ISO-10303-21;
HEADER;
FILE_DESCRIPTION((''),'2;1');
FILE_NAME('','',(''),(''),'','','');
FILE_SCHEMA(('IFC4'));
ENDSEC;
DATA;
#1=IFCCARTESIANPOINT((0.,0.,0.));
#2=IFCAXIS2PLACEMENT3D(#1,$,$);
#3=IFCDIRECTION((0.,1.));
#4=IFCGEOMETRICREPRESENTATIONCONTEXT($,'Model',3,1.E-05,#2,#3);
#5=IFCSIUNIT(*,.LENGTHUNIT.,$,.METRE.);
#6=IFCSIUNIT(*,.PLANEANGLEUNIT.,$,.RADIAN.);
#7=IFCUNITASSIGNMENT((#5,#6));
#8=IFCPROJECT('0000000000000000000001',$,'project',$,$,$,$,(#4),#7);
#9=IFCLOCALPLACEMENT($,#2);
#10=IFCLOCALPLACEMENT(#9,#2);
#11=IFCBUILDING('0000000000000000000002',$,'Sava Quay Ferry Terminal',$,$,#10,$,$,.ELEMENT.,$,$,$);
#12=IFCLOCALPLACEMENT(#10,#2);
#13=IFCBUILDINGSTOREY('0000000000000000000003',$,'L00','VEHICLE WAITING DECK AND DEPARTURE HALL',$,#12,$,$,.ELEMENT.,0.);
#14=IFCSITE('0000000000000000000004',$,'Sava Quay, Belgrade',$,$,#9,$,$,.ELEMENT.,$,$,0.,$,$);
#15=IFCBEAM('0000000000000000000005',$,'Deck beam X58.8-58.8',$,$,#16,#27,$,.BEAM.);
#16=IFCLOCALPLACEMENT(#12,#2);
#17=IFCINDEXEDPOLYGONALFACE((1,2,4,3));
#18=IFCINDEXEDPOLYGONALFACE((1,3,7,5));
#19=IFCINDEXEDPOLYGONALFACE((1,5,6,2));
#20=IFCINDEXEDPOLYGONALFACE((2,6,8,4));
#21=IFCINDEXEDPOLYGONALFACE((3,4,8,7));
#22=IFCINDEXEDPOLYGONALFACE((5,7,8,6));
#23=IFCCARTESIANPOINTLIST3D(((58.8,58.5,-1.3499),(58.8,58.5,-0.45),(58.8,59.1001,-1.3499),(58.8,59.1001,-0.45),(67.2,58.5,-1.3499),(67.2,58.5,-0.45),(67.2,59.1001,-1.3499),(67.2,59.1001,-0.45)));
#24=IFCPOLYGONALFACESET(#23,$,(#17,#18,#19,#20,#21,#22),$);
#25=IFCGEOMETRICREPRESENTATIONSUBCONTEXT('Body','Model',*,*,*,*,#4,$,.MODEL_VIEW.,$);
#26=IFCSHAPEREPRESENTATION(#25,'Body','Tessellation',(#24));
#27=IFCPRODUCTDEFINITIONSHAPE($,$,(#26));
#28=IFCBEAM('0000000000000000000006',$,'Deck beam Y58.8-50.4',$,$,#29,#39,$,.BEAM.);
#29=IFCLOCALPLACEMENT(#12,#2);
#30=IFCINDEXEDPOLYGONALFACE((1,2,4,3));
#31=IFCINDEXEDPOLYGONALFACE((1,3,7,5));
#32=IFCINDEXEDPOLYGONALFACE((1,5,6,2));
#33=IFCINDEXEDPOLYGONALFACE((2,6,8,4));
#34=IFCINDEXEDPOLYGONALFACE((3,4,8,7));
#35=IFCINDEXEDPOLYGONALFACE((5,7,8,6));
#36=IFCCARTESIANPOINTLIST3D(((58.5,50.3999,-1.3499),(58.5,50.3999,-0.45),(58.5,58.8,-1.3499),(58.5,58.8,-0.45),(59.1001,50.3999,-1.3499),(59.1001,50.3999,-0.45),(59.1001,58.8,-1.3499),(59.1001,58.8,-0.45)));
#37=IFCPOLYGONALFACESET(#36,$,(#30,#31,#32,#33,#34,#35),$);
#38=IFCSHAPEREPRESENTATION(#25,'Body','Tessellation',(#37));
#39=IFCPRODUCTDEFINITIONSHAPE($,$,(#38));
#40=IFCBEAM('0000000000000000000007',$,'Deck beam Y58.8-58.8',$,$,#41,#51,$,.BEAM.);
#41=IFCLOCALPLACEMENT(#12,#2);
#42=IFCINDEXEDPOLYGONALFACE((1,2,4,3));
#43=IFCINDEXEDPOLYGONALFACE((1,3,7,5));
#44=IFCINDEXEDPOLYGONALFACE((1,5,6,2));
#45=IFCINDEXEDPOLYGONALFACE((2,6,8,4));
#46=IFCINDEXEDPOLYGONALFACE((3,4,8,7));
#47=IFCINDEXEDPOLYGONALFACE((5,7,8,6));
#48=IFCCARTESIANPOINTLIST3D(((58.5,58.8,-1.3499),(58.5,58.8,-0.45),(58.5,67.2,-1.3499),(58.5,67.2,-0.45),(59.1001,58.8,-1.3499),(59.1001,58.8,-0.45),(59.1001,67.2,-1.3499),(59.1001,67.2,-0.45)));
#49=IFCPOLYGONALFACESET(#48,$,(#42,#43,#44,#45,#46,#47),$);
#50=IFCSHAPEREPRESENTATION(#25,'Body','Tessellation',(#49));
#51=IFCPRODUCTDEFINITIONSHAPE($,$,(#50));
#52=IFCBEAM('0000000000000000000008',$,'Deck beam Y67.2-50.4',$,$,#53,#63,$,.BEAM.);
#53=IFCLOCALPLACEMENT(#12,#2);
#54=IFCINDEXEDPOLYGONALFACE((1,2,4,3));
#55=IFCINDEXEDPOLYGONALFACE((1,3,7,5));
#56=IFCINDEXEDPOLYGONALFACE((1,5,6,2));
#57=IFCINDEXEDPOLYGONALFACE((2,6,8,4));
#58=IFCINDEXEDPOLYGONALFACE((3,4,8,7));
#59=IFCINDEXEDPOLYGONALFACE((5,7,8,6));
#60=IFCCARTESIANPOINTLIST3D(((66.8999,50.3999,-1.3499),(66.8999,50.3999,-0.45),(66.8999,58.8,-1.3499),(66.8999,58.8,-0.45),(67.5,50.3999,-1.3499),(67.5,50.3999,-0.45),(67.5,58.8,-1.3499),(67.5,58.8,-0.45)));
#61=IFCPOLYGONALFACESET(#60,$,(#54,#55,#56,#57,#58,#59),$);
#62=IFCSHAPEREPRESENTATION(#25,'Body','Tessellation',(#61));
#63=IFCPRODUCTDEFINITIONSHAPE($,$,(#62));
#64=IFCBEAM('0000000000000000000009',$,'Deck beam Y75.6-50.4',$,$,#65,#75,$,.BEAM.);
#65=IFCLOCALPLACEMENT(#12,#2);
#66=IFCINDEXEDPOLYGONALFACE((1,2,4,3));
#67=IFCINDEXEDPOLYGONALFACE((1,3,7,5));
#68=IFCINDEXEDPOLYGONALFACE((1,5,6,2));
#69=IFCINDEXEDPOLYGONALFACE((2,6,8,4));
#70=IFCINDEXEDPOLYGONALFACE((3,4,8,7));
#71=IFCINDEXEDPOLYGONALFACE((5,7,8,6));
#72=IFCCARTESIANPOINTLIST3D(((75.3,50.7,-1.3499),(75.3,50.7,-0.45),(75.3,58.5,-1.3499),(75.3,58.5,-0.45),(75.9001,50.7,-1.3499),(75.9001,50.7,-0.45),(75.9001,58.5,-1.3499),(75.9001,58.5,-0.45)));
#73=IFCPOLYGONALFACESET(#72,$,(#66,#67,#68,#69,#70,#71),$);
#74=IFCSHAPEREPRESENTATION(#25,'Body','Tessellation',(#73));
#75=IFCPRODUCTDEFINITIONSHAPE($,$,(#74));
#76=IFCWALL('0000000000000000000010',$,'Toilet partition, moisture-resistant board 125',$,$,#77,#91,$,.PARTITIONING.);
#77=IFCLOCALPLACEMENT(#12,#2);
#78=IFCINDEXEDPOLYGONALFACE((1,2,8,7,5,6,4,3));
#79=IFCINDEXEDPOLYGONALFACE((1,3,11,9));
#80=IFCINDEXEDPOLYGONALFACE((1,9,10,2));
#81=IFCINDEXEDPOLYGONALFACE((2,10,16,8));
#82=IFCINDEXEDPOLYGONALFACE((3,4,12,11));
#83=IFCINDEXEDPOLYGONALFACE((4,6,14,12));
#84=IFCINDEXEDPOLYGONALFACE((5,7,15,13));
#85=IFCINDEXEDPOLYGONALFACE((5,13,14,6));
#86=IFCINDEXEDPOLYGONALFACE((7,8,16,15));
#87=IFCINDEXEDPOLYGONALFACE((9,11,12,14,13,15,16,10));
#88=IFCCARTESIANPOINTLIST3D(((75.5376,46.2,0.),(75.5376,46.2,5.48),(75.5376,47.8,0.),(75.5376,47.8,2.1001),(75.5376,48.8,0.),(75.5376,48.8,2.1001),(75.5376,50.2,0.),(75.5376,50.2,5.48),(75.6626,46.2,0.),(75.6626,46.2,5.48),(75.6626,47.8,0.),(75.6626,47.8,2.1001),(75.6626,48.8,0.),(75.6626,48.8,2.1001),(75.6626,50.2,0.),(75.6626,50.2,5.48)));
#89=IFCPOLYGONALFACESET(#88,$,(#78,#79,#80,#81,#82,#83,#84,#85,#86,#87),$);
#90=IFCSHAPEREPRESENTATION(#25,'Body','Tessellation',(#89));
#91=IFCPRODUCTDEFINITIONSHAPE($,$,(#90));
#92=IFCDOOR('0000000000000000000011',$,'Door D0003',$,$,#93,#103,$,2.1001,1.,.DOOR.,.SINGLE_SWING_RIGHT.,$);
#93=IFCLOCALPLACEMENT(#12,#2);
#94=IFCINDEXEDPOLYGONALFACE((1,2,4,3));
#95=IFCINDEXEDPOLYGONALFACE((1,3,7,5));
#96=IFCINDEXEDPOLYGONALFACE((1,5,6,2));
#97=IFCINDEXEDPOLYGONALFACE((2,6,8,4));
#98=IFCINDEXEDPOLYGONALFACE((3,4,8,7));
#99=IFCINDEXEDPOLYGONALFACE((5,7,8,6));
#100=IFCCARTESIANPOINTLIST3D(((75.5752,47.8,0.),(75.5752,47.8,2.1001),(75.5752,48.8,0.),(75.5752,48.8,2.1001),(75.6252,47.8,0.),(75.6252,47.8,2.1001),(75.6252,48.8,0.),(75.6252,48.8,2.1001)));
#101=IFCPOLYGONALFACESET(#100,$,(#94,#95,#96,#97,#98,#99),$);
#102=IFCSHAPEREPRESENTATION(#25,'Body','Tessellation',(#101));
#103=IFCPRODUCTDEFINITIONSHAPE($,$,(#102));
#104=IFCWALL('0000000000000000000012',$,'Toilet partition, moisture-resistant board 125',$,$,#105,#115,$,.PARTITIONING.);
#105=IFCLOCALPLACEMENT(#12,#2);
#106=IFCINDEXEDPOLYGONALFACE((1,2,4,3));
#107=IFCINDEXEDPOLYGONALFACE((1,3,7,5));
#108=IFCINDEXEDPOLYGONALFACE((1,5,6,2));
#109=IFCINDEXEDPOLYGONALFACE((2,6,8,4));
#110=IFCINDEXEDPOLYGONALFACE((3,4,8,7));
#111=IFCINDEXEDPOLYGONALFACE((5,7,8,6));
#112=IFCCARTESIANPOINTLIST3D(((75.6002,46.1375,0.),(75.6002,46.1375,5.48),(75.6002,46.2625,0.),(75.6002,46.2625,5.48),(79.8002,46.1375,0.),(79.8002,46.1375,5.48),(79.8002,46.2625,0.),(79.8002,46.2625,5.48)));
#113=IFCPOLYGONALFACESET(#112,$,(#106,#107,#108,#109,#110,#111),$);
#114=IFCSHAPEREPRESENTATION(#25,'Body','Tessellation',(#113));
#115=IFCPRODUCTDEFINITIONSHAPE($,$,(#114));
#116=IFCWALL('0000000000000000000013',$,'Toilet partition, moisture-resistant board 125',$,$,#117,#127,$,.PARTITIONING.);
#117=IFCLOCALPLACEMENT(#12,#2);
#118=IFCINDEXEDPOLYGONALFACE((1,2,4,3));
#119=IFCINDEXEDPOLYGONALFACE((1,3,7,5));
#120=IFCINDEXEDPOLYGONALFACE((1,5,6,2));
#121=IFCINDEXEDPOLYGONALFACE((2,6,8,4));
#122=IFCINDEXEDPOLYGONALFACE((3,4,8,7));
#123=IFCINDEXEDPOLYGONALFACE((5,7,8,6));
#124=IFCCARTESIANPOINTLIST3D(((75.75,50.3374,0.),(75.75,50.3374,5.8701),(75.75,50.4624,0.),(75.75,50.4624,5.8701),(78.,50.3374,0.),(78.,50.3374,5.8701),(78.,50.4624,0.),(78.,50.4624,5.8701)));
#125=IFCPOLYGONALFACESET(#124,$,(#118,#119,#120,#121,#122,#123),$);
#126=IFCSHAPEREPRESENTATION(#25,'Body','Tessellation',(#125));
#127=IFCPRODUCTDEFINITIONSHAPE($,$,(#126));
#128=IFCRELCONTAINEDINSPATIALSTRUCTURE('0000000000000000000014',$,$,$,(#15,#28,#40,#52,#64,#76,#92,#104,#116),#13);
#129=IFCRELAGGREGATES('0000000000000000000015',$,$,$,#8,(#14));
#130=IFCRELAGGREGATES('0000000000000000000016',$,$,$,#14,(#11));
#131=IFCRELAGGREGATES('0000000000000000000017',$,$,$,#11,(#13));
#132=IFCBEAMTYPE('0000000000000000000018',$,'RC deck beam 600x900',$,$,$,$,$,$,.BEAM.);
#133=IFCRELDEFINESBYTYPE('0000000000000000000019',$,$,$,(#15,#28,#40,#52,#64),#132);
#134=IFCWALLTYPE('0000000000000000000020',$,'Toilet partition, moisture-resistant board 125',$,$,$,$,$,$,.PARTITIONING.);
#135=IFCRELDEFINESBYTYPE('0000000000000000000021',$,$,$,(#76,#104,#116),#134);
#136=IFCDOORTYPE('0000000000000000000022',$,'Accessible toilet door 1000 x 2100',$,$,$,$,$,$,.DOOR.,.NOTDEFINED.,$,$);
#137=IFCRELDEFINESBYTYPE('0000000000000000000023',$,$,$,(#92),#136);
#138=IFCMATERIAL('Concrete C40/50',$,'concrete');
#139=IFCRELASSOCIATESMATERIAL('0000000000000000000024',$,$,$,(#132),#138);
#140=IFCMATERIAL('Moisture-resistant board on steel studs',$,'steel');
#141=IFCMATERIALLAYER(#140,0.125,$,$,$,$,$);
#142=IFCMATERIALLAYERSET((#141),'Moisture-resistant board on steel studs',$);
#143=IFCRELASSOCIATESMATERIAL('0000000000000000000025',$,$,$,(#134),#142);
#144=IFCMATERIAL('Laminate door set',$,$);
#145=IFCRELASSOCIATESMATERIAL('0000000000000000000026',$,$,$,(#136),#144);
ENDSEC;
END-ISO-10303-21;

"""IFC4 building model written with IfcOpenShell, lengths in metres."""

from ifc_helpers import new_model, si_unit, direction, frame, frame_2d, origin, origin_2d, place, context, subcontext, project, spatial, rectangle, extrude, material, layer, layer_set, material_profile, profile_set, type_object, element, fill, save


model = new_model("IFC4")

# Units and contexts
model_context = context("Model", 3, precision=1e-05, world=origin(), true_north=direction((0.0, 1.0)))
body_context = subcontext(model_context, "Body", "Model", "MODEL_VIEW")
ifc_project = project(units=[si_unit("LENGTHUNIT", "METRE"), si_unit("PLANEANGLEUNIT", "RADIAN")], contexts=[model_context])

# Site, building, storey
site_placement = place(None, origin())
site = spatial("IfcSite", under=ifc_project, at=site_placement, Name="Sava Quay, Belgrade", CompositionType="ELEMENT", RefElevation=0.0)
building_placement = place(site_placement, origin())
building = spatial("IfcBuilding", under=site, at=building_placement, Name="Sava Quay Ferry Terminal", CompositionType="ELEMENT")
storey_placement = place(building_placement, origin())
storey = spatial("IfcBuildingStorey", under=building, at=storey_placement, Name="L00", Description="VEHICLE WAITING DECK AND DEPARTURE HALL", CompositionType="ELEMENT", Elevation=0.0)

# Beams
ifc_material_1 = material(Name="Concrete C40/50", Category="concrete")
ifc_material_profile_1 = material_profile(ifc_material_1, rectangle(XDim=0.6001, YDim=0.8999, at=origin_2d()), Name="RC 600x900")
ifc_profile_set_1 = profile_set([ifc_material_profile_1], Name="Concrete C40/50")
beam_type = type_object("IfcBeamType", Name="RC deck beam 600x900", PredefinedType="BEAM", material=ifc_profile_set_1)
beam_1_placement = place(storey_placement, frame((58.8, 58.8, -0.8999), z_axis=(1.0, 0.0, 0.0), x_axis=(0.0, 1.0, 0.0)))
element("IfcBeam", 1, at=beam_1_placement, inside=storey, type_object=beam_type, Name="Deck beam X58.8-58.8", PredefinedType="BEAM", context=body_context, shape_type="SweptSolid", body=[
    extrude(rectangle(XDim=0.6001, YDim=0.8999, at=origin_2d()), origin(), (0.0, 0.0, 1.0), 8.3999),
])
beam_2_placement = place(storey_placement, frame((58.8, 50.3999, -0.8999), z_axis=(0.0, 1.0, 0.0), x_axis=(-1.0, 0.0, 0.0)))
element("IfcBeam", 2, at=beam_2_placement, inside=storey, type_object=beam_type, Name="Deck beam Y58.8-50.4", PredefinedType="BEAM", context=body_context, shape_type="SweptSolid", body=[
    extrude(rectangle(XDim=0.6001, YDim=0.8999, at=origin_2d()), origin(), (0.0, 0.0, 1.0), 8.4001),
])
beam_3_placement = place(storey_placement, frame((58.8, 58.8, -0.8999), z_axis=(0.0, 1.0, 0.0), x_axis=(-1.0, 0.0, 0.0)))
element("IfcBeam", 3, at=beam_3_placement, inside=storey, type_object=beam_type, Name="Deck beam Y58.8-58.8", PredefinedType="BEAM", context=body_context, shape_type="SweptSolid", body=[
    extrude(rectangle(XDim=0.6001, YDim=0.8999, at=origin_2d()), origin(), (0.0, 0.0, 1.0), 8.3999),
])
beam_4_placement = place(storey_placement, frame((67.2, 50.3999, -0.8999), z_axis=(0.0, 1.0, 0.0), x_axis=(-1.0, 0.0, 0.0)))
element("IfcBeam", 4, at=beam_4_placement, inside=storey, type_object=beam_type, Name="Deck beam Y67.2-50.4", PredefinedType="BEAM", context=body_context, shape_type="SweptSolid", body=[
    extrude(rectangle(XDim=0.6001, YDim=0.8999, at=origin_2d()), origin(), (0.0, 0.0, 1.0), 8.4001),
])
beam_5_placement = place(storey_placement, frame((75.6001, 50.7, -0.8999), z_axis=(0.0, 1.0, 0.0), x_axis=(-1.0, 0.0, 0.0)))
element("IfcBeam", 5, at=beam_5_placement, inside=storey, type_object=beam_type, Name="Deck beam Y75.6-50.4", PredefinedType="BEAM", context=body_context, shape_type="SweptSolid", body=[
    extrude(rectangle(XDim=0.6001, YDim=0.8999, at=origin_2d()), origin(), (0.0, 0.0, 1.0), 7.8),
])

# Wall, opening, door
ifc_material_2 = material(Name="Moisture-resistant board on steel studs", Category="steel")
ifc_layer = layer(ifc_material_2, 0.125)
ifc_layer_set = layer_set([ifc_layer], Name="Moisture-resistant board on steel studs")
wall_type = type_object("IfcWallType", Name="Toilet partition, moisture-resistant board 125", PredefinedType="PARTITIONING", material=ifc_layer_set)
wall_1_placement = place(storey_placement, frame((75.6001, 46.2, 0.0), z_axis=(0.0, 0.0, 1.0), x_axis=(0.0, 1.0, 0.0)))
wall_1 = element("IfcWall", 6, at=wall_1_placement, inside=storey, type_object=wall_type, Name="Toilet partition, moisture-resistant board 125", PredefinedType="PARTITIONING", context=body_context, shape_type="SweptSolid", body=[
    extrude(rectangle(XDim=4.0, YDim=0.125, at=frame_2d((2.0, 0.0))), origin(), (0.0, 0.0, 1.0), 5.48),
])
opening_placement = place(wall_1_placement, frame((1.6001, 0.0, 0.0)))
opening = element("IfcOpeningElement", 7, at=opening_placement, cuts=wall_1, PredefinedType="OPENING", context=body_context, shape_type="SweptSolid", body=[
    extrude(rectangle(XDim=1.0, YDim=2.1001, at=frame_2d((0.5, 1.05))), frame((0.0, 0.0625, 0.0), z_axis=(0.0, -1.0, 0.0), x_axis=(1.0, 0.0, 0.0)), (0.0, 0.0, 1.0), 0.125),
])
ifc_material_3 = material(Name="Laminate door set")
door_type = type_object("IfcDoorType", Name="Accessible toilet door 1000 x 2100", OperationType="NOTDEFINED", PredefinedType="DOOR", material=ifc_material_3)
door_placement = place(opening_placement, origin())
door = element("IfcDoor", 8, at=door_placement, inside=storey, type_object=door_type, Name="Door D0003", OperationType="SINGLE_SWING_RIGHT", OverallHeight=2.1001, OverallWidth=1.0, PredefinedType="DOOR", context=body_context, shape_type="SweptSolid", body=[
    extrude(rectangle(XDim=1.0, YDim=2.1001, at=frame_2d((0.5, 1.05))), frame((0.0, 0.0249, 0.0), z_axis=(0.0, -1.0, 0.0), x_axis=(1.0, 0.0, 0.0)), (0.0, 0.0, 1.0), 0.05),
])
fill(opening, door)

# Walls
wall_2_placement = place(storey_placement, frame((75.6001, 46.2, 0.0), z_axis=(0.0, 0.0, 1.0), x_axis=(1.0, 0.0, 0.0)))
element("IfcWall", 9, at=wall_2_placement, inside=storey, type_object=wall_type, Name="Toilet partition, moisture-resistant board 125", PredefinedType="PARTITIONING", context=body_context, shape_type="SweptSolid", body=[
    extrude(rectangle(XDim=4.2, YDim=0.125, at=frame_2d((2.1001, 0.0))), origin(), (0.0, 0.0, 1.0), 5.48),
])
wall_3_placement = place(storey_placement, frame((75.75, 50.3999, 0.0), z_axis=(0.0, 0.0, 1.0), x_axis=(1.0, 0.0, 0.0)))
element("IfcWall", 10, at=wall_3_placement, inside=storey, type_object=wall_type, Name="Toilet partition, moisture-resistant board 125", PredefinedType="PARTITIONING", context=body_context, shape_type="SweptSolid", body=[
    extrude(rectangle(XDim=2.25, YDim=0.125, at=frame_2d((1.125, 0.0))), origin(), (0.0, 0.0, 1.0), 5.8701),
])

save(model, "model.ifc")
